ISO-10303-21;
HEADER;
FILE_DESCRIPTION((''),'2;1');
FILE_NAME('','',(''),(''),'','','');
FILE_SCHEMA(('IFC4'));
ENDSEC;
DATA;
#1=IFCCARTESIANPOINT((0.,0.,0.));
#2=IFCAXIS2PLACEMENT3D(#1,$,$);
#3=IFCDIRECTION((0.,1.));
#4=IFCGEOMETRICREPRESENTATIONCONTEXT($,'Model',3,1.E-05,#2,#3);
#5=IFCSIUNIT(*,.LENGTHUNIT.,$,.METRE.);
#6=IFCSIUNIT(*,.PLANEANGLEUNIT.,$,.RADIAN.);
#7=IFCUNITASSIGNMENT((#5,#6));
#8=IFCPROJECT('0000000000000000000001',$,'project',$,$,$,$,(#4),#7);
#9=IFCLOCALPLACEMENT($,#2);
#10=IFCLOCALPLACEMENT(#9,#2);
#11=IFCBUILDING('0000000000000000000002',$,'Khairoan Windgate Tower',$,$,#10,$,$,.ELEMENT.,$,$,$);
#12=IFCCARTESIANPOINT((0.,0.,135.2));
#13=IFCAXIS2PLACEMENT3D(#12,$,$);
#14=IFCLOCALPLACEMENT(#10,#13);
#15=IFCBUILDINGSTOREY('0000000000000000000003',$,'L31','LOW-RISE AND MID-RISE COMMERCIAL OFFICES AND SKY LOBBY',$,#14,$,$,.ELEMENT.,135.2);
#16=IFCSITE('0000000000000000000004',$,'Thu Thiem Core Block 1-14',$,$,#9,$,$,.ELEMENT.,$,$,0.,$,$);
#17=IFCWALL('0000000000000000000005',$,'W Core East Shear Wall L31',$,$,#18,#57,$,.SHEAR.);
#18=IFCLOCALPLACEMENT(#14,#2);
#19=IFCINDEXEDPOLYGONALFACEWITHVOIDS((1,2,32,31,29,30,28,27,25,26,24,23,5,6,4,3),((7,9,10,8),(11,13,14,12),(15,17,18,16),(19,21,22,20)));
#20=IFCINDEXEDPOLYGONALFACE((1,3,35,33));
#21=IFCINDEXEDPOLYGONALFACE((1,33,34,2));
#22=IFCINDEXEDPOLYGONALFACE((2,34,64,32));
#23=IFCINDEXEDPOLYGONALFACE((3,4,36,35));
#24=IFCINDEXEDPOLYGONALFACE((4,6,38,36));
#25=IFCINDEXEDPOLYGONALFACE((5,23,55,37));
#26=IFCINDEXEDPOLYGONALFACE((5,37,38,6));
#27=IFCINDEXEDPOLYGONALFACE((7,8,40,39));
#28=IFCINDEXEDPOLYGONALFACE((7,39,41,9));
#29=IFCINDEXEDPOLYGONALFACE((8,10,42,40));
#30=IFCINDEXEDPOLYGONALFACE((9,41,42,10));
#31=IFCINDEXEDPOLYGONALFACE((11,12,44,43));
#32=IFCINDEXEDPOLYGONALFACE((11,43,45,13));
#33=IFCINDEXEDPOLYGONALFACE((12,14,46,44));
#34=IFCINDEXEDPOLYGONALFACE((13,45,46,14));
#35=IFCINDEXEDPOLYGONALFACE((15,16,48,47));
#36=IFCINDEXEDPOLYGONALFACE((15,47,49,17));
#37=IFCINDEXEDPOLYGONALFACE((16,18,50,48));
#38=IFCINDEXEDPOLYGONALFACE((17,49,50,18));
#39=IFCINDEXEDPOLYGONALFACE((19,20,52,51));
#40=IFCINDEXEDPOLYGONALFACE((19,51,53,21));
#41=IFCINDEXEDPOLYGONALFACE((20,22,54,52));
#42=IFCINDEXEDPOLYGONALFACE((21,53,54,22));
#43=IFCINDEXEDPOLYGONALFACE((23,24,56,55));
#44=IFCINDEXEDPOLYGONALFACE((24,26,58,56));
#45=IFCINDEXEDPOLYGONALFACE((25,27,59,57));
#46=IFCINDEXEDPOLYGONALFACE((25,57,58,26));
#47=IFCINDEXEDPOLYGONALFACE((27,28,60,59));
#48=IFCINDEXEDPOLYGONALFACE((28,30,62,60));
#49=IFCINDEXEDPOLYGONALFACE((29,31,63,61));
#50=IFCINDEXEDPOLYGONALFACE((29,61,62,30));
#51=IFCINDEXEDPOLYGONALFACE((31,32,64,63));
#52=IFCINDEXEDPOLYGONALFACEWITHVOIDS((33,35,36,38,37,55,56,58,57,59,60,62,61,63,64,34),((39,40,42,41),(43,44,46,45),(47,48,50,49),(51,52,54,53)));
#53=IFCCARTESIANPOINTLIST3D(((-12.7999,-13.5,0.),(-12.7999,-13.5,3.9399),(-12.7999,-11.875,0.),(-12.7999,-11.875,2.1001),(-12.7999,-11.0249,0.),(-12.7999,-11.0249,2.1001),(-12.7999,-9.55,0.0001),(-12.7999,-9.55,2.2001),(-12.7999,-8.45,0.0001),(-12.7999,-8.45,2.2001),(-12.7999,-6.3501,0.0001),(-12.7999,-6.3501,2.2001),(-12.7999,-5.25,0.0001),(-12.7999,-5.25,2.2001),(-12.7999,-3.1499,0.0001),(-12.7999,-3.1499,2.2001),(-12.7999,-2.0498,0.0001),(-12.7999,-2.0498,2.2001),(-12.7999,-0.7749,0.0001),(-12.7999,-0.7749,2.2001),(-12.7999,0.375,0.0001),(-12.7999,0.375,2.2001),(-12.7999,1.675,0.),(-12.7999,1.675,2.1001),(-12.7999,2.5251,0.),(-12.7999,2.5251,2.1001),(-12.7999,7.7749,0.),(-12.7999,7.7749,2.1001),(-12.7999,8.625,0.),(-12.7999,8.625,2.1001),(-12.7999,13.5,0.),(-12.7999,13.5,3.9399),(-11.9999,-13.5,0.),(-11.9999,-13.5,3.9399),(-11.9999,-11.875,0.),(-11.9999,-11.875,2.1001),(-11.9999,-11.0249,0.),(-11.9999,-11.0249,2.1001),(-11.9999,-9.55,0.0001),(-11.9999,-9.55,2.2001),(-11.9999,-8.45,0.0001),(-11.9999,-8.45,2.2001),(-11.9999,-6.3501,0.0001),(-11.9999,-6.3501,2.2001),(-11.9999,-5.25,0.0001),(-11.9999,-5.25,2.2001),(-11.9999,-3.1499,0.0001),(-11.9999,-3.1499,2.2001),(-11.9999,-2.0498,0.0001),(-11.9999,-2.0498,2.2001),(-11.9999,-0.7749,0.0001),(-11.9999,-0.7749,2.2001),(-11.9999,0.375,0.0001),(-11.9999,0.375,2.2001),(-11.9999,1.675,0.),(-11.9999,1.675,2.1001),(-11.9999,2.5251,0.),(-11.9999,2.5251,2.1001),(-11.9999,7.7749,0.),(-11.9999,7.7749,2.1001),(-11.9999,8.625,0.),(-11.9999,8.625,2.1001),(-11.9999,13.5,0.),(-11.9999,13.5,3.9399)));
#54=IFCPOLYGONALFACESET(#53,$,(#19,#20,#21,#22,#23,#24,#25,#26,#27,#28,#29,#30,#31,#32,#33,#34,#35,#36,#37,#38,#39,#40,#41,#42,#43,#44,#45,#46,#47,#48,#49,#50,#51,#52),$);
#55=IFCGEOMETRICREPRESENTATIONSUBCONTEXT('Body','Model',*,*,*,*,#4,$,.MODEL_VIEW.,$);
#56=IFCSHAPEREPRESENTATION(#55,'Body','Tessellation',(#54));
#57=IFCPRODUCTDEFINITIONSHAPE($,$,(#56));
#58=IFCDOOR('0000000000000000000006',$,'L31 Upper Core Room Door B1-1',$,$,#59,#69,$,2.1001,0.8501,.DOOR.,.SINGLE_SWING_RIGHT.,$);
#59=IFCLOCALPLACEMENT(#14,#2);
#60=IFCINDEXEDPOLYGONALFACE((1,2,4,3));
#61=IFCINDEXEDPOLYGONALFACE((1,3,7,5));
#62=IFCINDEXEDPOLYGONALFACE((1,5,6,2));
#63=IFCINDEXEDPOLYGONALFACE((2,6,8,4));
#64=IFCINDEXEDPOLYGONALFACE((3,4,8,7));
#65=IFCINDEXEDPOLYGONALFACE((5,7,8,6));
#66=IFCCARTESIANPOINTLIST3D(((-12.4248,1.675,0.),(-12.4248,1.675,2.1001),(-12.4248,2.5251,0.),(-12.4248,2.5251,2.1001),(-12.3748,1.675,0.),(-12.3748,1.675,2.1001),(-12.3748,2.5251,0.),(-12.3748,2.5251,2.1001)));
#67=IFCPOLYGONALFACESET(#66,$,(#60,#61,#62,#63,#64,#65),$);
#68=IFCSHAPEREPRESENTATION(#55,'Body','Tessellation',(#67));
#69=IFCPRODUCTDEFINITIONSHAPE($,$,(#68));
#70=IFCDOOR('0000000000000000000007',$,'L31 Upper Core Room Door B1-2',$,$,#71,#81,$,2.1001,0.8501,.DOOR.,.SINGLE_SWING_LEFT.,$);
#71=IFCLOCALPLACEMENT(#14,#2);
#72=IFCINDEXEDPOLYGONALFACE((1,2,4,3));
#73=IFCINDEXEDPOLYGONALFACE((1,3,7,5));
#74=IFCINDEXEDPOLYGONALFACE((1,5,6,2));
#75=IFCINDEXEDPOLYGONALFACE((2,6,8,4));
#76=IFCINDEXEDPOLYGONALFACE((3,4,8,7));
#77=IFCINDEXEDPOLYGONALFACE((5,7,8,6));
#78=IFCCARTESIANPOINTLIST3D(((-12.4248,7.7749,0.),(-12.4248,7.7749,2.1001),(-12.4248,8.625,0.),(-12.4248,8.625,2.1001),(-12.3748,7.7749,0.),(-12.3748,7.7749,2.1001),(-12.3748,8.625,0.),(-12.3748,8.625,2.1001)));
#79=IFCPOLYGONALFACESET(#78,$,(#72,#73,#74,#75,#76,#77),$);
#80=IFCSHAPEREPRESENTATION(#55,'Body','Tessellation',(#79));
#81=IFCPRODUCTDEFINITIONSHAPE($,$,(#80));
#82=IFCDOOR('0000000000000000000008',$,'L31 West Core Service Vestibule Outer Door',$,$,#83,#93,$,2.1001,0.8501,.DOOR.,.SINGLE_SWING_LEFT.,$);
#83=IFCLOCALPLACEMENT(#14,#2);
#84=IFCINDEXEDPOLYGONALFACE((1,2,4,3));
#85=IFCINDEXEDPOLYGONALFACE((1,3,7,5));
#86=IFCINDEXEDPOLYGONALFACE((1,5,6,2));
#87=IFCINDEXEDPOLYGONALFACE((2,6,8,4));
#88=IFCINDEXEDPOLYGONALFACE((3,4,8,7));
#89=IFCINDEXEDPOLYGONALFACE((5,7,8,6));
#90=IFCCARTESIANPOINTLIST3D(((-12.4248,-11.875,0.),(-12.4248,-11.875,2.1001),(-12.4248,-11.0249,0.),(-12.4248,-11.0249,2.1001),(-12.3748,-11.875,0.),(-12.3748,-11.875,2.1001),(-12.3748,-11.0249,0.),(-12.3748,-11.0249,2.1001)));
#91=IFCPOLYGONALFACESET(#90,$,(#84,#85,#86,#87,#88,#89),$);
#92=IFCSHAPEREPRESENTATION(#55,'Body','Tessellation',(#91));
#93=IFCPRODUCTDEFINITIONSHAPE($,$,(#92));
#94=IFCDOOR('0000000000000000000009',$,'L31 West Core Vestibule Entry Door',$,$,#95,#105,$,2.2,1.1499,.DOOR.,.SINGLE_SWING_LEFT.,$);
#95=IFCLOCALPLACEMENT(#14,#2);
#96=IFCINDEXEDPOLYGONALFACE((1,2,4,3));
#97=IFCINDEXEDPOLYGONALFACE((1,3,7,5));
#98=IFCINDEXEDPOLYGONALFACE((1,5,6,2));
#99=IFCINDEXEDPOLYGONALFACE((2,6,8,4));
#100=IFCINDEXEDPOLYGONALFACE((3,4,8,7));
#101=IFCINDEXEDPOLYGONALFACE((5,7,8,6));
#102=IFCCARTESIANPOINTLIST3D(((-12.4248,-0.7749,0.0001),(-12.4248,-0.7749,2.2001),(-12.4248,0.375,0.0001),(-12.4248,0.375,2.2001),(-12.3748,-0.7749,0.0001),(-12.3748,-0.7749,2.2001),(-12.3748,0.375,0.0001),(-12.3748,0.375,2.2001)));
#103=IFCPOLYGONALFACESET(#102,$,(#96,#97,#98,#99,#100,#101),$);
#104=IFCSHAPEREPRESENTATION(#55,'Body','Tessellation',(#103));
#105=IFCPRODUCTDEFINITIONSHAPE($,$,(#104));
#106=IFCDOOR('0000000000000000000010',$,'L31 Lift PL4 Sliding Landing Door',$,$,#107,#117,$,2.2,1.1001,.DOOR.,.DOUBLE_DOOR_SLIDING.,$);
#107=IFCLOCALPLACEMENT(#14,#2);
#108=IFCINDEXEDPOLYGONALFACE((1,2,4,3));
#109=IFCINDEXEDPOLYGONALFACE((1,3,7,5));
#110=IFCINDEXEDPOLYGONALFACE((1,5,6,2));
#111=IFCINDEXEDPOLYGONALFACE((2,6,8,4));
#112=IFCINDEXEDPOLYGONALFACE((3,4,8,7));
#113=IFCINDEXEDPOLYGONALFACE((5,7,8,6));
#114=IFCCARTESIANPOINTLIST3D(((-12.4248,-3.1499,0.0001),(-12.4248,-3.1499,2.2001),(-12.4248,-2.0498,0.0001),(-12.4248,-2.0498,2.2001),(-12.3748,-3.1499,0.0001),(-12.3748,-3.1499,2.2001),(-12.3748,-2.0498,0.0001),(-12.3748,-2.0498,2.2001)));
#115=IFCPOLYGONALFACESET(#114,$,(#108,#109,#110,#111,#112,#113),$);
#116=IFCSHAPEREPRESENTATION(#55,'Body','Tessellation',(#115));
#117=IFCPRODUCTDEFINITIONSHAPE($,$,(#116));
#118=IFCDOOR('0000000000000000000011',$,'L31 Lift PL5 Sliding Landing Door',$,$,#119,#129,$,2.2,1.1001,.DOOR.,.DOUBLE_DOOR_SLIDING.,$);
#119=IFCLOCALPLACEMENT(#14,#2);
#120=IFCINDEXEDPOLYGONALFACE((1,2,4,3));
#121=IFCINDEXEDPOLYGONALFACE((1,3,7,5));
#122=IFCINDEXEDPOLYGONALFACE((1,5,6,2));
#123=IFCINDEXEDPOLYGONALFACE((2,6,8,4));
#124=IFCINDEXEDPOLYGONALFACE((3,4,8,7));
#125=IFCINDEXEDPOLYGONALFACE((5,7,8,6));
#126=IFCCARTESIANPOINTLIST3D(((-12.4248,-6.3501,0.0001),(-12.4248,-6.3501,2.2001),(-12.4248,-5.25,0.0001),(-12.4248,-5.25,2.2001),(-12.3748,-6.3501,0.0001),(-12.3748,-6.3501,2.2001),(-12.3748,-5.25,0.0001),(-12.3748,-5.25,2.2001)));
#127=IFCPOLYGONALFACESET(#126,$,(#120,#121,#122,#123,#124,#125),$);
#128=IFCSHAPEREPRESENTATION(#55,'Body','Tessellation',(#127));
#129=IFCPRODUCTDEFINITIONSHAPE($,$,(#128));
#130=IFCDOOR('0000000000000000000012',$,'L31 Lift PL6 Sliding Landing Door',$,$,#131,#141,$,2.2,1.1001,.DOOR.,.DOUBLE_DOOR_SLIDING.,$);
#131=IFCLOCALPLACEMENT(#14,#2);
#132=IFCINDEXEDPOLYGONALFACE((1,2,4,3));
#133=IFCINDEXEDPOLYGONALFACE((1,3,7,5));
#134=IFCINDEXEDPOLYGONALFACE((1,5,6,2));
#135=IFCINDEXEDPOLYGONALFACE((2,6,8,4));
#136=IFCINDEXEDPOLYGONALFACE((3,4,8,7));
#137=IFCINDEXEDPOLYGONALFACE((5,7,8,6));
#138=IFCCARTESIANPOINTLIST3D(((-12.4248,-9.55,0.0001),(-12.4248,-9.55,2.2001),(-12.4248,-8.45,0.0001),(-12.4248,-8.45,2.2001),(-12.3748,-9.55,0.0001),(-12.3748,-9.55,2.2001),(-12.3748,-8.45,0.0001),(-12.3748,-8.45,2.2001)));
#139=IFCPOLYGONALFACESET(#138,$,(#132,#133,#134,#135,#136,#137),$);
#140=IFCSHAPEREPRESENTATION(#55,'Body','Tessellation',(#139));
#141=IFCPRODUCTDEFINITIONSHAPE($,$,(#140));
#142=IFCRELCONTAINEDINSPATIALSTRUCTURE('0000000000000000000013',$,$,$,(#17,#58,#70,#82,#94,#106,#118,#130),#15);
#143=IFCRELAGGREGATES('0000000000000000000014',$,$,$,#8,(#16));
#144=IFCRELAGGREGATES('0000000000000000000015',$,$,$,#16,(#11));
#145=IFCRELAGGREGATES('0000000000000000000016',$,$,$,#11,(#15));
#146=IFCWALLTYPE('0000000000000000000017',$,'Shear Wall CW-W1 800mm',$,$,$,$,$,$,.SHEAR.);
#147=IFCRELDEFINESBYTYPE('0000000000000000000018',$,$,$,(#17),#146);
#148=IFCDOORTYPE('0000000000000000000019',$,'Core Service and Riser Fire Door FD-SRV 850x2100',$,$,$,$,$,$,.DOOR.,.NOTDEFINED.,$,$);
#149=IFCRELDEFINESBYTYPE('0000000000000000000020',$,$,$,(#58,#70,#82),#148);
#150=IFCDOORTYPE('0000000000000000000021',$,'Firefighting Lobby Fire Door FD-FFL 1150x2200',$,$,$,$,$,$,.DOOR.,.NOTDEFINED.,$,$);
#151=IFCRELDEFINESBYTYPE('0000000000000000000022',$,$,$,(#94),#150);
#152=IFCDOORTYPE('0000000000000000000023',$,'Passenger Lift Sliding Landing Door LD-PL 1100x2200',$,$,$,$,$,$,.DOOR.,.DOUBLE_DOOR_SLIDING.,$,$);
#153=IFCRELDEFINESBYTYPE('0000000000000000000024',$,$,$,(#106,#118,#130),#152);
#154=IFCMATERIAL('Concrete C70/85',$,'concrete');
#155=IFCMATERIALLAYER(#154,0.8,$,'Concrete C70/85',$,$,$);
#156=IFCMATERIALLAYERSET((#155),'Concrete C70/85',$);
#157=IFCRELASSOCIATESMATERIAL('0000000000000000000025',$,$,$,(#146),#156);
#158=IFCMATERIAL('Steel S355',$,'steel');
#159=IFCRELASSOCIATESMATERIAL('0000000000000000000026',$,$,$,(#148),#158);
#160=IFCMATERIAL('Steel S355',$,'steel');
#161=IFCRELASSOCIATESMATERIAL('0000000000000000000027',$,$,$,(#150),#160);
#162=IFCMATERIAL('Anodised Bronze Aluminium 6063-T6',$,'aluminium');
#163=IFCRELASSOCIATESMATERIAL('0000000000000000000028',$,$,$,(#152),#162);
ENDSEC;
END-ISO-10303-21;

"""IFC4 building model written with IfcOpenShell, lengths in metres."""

from ifc_helpers import new_model, si_unit, direction, frame, frame_2d, origin, place, context, subcontext, project, spatial, rectangle, extrude, material, layer, layer_set, type_object, element, fill, save


model = new_model("IFC4")

# Units and contexts
model_context = context("Model", 3, precision=1e-05, world=origin(), true_north=direction((0.0, 1.0)))
body_context = subcontext(model_context, "Body", "Model", "MODEL_VIEW")
ifc_project = project(units=[si_unit("LENGTHUNIT", "METRE"), si_unit("PLANEANGLEUNIT", "RADIAN")], contexts=[model_context])

# Site, building, storey
site_placement = place(None, origin())
site = spatial("IfcSite", under=ifc_project, at=site_placement, Name="Thu Thiem Core Block 1-14", CompositionType="ELEMENT", RefElevation=0.0)
building_placement = place(site_placement, origin())
building = spatial("IfcBuilding", under=site, at=building_placement, Name="Khairoan Windgate Tower", CompositionType="ELEMENT")
storey_placement = place(building_placement, frame((0.0, 0.0, 135.2)))
storey = spatial("IfcBuildingStorey", under=building, at=storey_placement, Name="L31", Description="LOW-RISE AND MID-RISE COMMERCIAL OFFICES AND SKY LOBBY", CompositionType="ELEMENT", Elevation=135.2)

# Wall, openings, doors
ifc_material_1 = material(Name="Concrete C70/85", Category="concrete")
ifc_layer_1 = layer(ifc_material_1, 0.8, Name="Concrete C70/85")
ifc_layer_set_1 = layer_set([ifc_layer_1], Name="Concrete C70/85")
wall_type_1 = type_object("IfcWallType", Name="Shear Wall CW-W1 800mm", PredefinedType="SHEAR", material=ifc_layer_set_1)
wall_1_placement = place(storey_placement, frame((-12.3999, -13.5, 0.0), z_axis=(0.0, 0.0, 1.0), x_axis=(0.0, 1.0, 0.0)))
wall_1 = element("IfcWall", 1, at=wall_1_placement, inside=storey, type_object=wall_type_1, Name="W Core East Shear Wall L31", PredefinedType="SHEAR", context=body_context, shape_type="SweptSolid", body=[
    extrude(rectangle(XDim=27.0, YDim=0.8, at=frame_2d((13.5, 0.0))), origin(), (0.0, 0.0, 1.0), 3.9399),
])
opening_1_placement = place(wall_1_placement, frame((10.3501, 0.0, 0.0)))
opening_1 = element("IfcOpeningElement", 2, at=opening_1_placement, cuts=wall_1, PredefinedType="OPENING", context=body_context, shape_type="SweptSolid", body=[
    extrude(rectangle(XDim=1.1001, YDim=2.2, at=frame_2d((0.55, 1.1001))), frame((0.0, 0.4099, 0.0), z_axis=(0.0, -1.0, 0.0), x_axis=(1.0, 0.0, 0.0)), (0.0, 0.0, 1.0), 0.8201),
])
opening_2_placement = place(wall_1_placement, frame((7.1499, 0.0, 0.0)))
opening_2 = element("IfcOpeningElement", 3, at=opening_2_placement, cuts=wall_1, PredefinedType="OPENING", context=body_context, shape_type="SweptSolid", body=[
    extrude(rectangle(XDim=1.1001, YDim=2.2, at=frame_2d((0.55, 1.1001))), frame((0.0, 0.4099, 0.0), z_axis=(0.0, -1.0, 0.0), x_axis=(1.0, 0.0, 0.0)), (0.0, 0.0, 1.0), 0.8201),
])
opening_3_placement = place(wall_1_placement, frame((3.95, 0.0, 0.0)))
opening_3 = element("IfcOpeningElement", 4, at=opening_3_placement, cuts=wall_1, PredefinedType="OPENING", context=body_context, shape_type="SweptSolid", body=[
    extrude(rectangle(XDim=1.1001, YDim=2.2, at=frame_2d((0.55, 1.1001))), frame((0.0, 0.4099, 0.0), z_axis=(0.0, -1.0, 0.0), x_axis=(1.0, 0.0, 0.0)), (0.0, 0.0, 1.0), 0.8201),
])
opening_4_placement = place(wall_1_placement, frame((15.175, 0.0, 0.0)))
opening_4 = element("IfcOpeningElement", 5, at=opening_4_placement, cuts=wall_1, PredefinedType="OPENING", context=body_context, shape_type="SweptSolid", body=[
    extrude(rectangle(XDim=0.8501, YDim=2.1001, at=frame_2d((0.425, 1.05))), frame((0.0, 0.4099, 0.0), z_axis=(0.0, -1.0, 0.0), x_axis=(1.0, 0.0, 0.0)), (0.0, 0.0, 1.0), 0.8201),
])
opening_5_placement = place(wall_1_placement, frame((21.2749, 0.0, 0.0)))
opening_5 = element("IfcOpeningElement", 6, at=opening_5_placement, cuts=wall_1, PredefinedType="OPENING", context=body_context, shape_type="SweptSolid", body=[
    extrude(rectangle(XDim=0.8501, YDim=2.1001, at=frame_2d((0.425, 1.05))), frame((0.0, 0.4099, 0.0), z_axis=(0.0, -1.0, 0.0), x_axis=(1.0, 0.0, 0.0)), (0.0, 0.0, 1.0), 0.8201),
])
opening_6_placement = place(wall_1_placement, frame((12.7251, 0.0, 0.0)))
opening_6 = element("IfcOpeningElement", 7, at=opening_6_placement, cuts=wall_1, PredefinedType="OPENING", context=body_context, shape_type="SweptSolid", body=[
    extrude(rectangle(XDim=1.1499, YDim=2.2, at=frame_2d((0.575, 1.1001))), frame((0.0, 0.4099, 0.0), z_axis=(0.0, -1.0, 0.0), x_axis=(1.0, 0.0, 0.0)), (0.0, 0.0, 1.0), 0.8201),
])
opening_7_placement = place(wall_1_placement, frame((1.625, 0.0, 0.0)))
opening_7 = element("IfcOpeningElement", 8, at=opening_7_placement, cuts=wall_1, PredefinedType="OPENING", context=body_context, shape_type="SweptSolid", body=[
    extrude(rectangle(XDim=0.8501, YDim=2.1001, at=frame_2d((0.425, 1.05))), frame((0.0, 0.4099, 0.0), z_axis=(0.0, -1.0, 0.0), x_axis=(1.0, 0.0, 0.0)), (0.0, 0.0, 1.0), 0.8201),
])
ifc_material_2 = material(Name="Steel S355", Category="steel")
door_type_1 = type_object("IfcDoorType", Name="Core Service and Riser Fire Door FD-SRV 850x2100", OperationType="NOTDEFINED", PredefinedType="DOOR", material=ifc_material_2)
door_1_placement = place(opening_4_placement, origin())
door_1 = element("IfcDoor", 9, at=door_1_placement, inside=storey, type_object=door_type_1, Name="L31 Upper Core Room Door B1-1", OperationType="SINGLE_SWING_RIGHT", OverallHeight=2.1001, OverallWidth=0.8501, PredefinedType="DOOR", context=body_context, shape_type="SweptSolid", body=[
    extrude(rectangle(XDim=0.8501, YDim=2.1001, at=frame_2d((0.425, 1.05))), frame((0.0, 0.0249, 0.0), z_axis=(0.0, -1.0, 0.0), x_axis=(1.0, 0.0, 0.0)), (0.0, 0.0, 1.0), 0.05),
])
fill(opening_4, door_1)
door_2_placement = place(opening_5_placement, origin())
door_2 = element("IfcDoor", 10, at=door_2_placement, inside=storey, type_object=door_type_1, Name="L31 Upper Core Room Door B1-2", OperationType="SINGLE_SWING_LEFT", OverallHeight=2.1001, OverallWidth=0.8501, PredefinedType="DOOR", context=body_context, shape_type="SweptSolid", body=[
    extrude(rectangle(XDim=0.8501, YDim=2.1001, at=frame_2d((0.425, 1.05))), frame((0.0, 0.0249, 0.0), z_axis=(0.0, -1.0, 0.0), x_axis=(1.0, 0.0, 0.0)), (0.0, 0.0, 1.0), 0.05),
])
fill(opening_5, door_2)
door_3_placement = place(opening_7_placement, origin())
door_3 = element("IfcDoor", 11, at=door_3_placement, inside=storey, type_object=door_type_1, Name="L31 West Core Service Vestibule Outer Door", OperationType="SINGLE_SWING_LEFT", OverallHeight=2.1001, OverallWidth=0.8501, PredefinedType="DOOR", context=body_context, shape_type="SweptSolid", body=[
    extrude(rectangle(XDim=0.8501, YDim=2.1001, at=frame_2d((0.425, 1.05))), frame((0.0, 0.0249, 0.0), z_axis=(0.0, -1.0, 0.0), x_axis=(1.0, 0.0, 0.0)), (0.0, 0.0, 1.0), 0.05),
])
fill(opening_7, door_3)
ifc_material_3 = material(Name="Steel S355", Category="steel")
door_type_2 = type_object("IfcDoorType", Name="Firefighting Lobby Fire Door FD-FFL 1150x2200", OperationType="NOTDEFINED", PredefinedType="DOOR", material=ifc_material_3)
door_4_placement = place(opening_6_placement, origin())
door_4 = element("IfcDoor", 12, at=door_4_placement, inside=storey, type_object=door_type_2, Name="L31 West Core Vestibule Entry Door", OperationType="SINGLE_SWING_LEFT", OverallHeight=2.2, OverallWidth=1.1499, PredefinedType="DOOR", context=body_context, shape_type="SweptSolid", body=[
    extrude(rectangle(XDim=1.1499, YDim=2.2, at=frame_2d((0.575, 1.1001))), frame((0.0, 0.0249, 0.0), z_axis=(0.0, -1.0, 0.0), x_axis=(1.0, 0.0, 0.0)), (0.0, 0.0, 1.0), 0.05),
])
fill(opening_6, door_4)
ifc_material_4 = material(Name="Anodised Bronze Aluminium 6063-T6", Category="aluminium")
door_type_3 = type_object("IfcDoorType", Name="Passenger Lift Sliding Landing Door LD-PL 1100x2200", OperationType="DOUBLE_DOOR_SLIDING", PredefinedType="DOOR", material=ifc_material_4)
door_5_placement = place(opening_1_placement, origin())
door_5 = element("IfcDoor", 13, at=door_5_placement, inside=storey, type_object=door_type_3, Name="L31 Lift PL4 Sliding Landing Door", OperationType="DOUBLE_DOOR_SLIDING", OverallHeight=2.2, OverallWidth=1.1001, PredefinedType="DOOR", context=body_context, shape_type="SweptSolid", body=[
    extrude(rectangle(XDim=1.1001, YDim=2.2, at=frame_2d((0.55, 1.1001))), frame((0.0, 0.0249, 0.0), z_axis=(0.0, -1.0, 0.0), x_axis=(1.0, 0.0, 0.0)), (0.0, 0.0, 1.0), 0.05),
])
fill(opening_1, door_5)
door_6_placement = place(opening_2_placement, origin())
door_6 = element("IfcDoor", 14, at=door_6_placement, inside=storey, type_object=door_type_3, Name="L31 Lift PL5 Sliding Landing Door", OperationType="DOUBLE_DOOR_SLIDING", OverallHeight=2.2, OverallWidth=1.1001, PredefinedType="DOOR", context=body_context, shape_type="SweptSolid", body=[
    extrude(rectangle(XDim=1.1001, YDim=2.2, at=frame_2d((0.55, 1.1001))), frame((0.0, 0.0249, 0.0), z_axis=(0.0, -1.0, 0.0), x_axis=(1.0, 0.0, 0.0)), (0.0, 0.0, 1.0), 0.05),
])
fill(opening_2, door_6)
door_7_placement = place(opening_3_placement, origin())
door_7 = element("IfcDoor", 15, at=door_7_placement, inside=storey, type_object=door_type_3, Name="L31 Lift PL6 Sliding Landing Door", OperationType="DOUBLE_DOOR_SLIDING", OverallHeight=2.2, OverallWidth=1.1001, PredefinedType="DOOR", context=body_context, shape_type="SweptSolid", body=[
    extrude(rectangle(XDim=1.1001, YDim=2.2, at=frame_2d((0.55, 1.1001))), frame((0.0, 0.0249, 0.0), z_axis=(0.0, -1.0, 0.0), x_axis=(1.0, 0.0, 0.0)), (0.0, 0.0, 1.0), 0.05),
])
fill(opening_3, door_7)

save(model, "model.ifc")
